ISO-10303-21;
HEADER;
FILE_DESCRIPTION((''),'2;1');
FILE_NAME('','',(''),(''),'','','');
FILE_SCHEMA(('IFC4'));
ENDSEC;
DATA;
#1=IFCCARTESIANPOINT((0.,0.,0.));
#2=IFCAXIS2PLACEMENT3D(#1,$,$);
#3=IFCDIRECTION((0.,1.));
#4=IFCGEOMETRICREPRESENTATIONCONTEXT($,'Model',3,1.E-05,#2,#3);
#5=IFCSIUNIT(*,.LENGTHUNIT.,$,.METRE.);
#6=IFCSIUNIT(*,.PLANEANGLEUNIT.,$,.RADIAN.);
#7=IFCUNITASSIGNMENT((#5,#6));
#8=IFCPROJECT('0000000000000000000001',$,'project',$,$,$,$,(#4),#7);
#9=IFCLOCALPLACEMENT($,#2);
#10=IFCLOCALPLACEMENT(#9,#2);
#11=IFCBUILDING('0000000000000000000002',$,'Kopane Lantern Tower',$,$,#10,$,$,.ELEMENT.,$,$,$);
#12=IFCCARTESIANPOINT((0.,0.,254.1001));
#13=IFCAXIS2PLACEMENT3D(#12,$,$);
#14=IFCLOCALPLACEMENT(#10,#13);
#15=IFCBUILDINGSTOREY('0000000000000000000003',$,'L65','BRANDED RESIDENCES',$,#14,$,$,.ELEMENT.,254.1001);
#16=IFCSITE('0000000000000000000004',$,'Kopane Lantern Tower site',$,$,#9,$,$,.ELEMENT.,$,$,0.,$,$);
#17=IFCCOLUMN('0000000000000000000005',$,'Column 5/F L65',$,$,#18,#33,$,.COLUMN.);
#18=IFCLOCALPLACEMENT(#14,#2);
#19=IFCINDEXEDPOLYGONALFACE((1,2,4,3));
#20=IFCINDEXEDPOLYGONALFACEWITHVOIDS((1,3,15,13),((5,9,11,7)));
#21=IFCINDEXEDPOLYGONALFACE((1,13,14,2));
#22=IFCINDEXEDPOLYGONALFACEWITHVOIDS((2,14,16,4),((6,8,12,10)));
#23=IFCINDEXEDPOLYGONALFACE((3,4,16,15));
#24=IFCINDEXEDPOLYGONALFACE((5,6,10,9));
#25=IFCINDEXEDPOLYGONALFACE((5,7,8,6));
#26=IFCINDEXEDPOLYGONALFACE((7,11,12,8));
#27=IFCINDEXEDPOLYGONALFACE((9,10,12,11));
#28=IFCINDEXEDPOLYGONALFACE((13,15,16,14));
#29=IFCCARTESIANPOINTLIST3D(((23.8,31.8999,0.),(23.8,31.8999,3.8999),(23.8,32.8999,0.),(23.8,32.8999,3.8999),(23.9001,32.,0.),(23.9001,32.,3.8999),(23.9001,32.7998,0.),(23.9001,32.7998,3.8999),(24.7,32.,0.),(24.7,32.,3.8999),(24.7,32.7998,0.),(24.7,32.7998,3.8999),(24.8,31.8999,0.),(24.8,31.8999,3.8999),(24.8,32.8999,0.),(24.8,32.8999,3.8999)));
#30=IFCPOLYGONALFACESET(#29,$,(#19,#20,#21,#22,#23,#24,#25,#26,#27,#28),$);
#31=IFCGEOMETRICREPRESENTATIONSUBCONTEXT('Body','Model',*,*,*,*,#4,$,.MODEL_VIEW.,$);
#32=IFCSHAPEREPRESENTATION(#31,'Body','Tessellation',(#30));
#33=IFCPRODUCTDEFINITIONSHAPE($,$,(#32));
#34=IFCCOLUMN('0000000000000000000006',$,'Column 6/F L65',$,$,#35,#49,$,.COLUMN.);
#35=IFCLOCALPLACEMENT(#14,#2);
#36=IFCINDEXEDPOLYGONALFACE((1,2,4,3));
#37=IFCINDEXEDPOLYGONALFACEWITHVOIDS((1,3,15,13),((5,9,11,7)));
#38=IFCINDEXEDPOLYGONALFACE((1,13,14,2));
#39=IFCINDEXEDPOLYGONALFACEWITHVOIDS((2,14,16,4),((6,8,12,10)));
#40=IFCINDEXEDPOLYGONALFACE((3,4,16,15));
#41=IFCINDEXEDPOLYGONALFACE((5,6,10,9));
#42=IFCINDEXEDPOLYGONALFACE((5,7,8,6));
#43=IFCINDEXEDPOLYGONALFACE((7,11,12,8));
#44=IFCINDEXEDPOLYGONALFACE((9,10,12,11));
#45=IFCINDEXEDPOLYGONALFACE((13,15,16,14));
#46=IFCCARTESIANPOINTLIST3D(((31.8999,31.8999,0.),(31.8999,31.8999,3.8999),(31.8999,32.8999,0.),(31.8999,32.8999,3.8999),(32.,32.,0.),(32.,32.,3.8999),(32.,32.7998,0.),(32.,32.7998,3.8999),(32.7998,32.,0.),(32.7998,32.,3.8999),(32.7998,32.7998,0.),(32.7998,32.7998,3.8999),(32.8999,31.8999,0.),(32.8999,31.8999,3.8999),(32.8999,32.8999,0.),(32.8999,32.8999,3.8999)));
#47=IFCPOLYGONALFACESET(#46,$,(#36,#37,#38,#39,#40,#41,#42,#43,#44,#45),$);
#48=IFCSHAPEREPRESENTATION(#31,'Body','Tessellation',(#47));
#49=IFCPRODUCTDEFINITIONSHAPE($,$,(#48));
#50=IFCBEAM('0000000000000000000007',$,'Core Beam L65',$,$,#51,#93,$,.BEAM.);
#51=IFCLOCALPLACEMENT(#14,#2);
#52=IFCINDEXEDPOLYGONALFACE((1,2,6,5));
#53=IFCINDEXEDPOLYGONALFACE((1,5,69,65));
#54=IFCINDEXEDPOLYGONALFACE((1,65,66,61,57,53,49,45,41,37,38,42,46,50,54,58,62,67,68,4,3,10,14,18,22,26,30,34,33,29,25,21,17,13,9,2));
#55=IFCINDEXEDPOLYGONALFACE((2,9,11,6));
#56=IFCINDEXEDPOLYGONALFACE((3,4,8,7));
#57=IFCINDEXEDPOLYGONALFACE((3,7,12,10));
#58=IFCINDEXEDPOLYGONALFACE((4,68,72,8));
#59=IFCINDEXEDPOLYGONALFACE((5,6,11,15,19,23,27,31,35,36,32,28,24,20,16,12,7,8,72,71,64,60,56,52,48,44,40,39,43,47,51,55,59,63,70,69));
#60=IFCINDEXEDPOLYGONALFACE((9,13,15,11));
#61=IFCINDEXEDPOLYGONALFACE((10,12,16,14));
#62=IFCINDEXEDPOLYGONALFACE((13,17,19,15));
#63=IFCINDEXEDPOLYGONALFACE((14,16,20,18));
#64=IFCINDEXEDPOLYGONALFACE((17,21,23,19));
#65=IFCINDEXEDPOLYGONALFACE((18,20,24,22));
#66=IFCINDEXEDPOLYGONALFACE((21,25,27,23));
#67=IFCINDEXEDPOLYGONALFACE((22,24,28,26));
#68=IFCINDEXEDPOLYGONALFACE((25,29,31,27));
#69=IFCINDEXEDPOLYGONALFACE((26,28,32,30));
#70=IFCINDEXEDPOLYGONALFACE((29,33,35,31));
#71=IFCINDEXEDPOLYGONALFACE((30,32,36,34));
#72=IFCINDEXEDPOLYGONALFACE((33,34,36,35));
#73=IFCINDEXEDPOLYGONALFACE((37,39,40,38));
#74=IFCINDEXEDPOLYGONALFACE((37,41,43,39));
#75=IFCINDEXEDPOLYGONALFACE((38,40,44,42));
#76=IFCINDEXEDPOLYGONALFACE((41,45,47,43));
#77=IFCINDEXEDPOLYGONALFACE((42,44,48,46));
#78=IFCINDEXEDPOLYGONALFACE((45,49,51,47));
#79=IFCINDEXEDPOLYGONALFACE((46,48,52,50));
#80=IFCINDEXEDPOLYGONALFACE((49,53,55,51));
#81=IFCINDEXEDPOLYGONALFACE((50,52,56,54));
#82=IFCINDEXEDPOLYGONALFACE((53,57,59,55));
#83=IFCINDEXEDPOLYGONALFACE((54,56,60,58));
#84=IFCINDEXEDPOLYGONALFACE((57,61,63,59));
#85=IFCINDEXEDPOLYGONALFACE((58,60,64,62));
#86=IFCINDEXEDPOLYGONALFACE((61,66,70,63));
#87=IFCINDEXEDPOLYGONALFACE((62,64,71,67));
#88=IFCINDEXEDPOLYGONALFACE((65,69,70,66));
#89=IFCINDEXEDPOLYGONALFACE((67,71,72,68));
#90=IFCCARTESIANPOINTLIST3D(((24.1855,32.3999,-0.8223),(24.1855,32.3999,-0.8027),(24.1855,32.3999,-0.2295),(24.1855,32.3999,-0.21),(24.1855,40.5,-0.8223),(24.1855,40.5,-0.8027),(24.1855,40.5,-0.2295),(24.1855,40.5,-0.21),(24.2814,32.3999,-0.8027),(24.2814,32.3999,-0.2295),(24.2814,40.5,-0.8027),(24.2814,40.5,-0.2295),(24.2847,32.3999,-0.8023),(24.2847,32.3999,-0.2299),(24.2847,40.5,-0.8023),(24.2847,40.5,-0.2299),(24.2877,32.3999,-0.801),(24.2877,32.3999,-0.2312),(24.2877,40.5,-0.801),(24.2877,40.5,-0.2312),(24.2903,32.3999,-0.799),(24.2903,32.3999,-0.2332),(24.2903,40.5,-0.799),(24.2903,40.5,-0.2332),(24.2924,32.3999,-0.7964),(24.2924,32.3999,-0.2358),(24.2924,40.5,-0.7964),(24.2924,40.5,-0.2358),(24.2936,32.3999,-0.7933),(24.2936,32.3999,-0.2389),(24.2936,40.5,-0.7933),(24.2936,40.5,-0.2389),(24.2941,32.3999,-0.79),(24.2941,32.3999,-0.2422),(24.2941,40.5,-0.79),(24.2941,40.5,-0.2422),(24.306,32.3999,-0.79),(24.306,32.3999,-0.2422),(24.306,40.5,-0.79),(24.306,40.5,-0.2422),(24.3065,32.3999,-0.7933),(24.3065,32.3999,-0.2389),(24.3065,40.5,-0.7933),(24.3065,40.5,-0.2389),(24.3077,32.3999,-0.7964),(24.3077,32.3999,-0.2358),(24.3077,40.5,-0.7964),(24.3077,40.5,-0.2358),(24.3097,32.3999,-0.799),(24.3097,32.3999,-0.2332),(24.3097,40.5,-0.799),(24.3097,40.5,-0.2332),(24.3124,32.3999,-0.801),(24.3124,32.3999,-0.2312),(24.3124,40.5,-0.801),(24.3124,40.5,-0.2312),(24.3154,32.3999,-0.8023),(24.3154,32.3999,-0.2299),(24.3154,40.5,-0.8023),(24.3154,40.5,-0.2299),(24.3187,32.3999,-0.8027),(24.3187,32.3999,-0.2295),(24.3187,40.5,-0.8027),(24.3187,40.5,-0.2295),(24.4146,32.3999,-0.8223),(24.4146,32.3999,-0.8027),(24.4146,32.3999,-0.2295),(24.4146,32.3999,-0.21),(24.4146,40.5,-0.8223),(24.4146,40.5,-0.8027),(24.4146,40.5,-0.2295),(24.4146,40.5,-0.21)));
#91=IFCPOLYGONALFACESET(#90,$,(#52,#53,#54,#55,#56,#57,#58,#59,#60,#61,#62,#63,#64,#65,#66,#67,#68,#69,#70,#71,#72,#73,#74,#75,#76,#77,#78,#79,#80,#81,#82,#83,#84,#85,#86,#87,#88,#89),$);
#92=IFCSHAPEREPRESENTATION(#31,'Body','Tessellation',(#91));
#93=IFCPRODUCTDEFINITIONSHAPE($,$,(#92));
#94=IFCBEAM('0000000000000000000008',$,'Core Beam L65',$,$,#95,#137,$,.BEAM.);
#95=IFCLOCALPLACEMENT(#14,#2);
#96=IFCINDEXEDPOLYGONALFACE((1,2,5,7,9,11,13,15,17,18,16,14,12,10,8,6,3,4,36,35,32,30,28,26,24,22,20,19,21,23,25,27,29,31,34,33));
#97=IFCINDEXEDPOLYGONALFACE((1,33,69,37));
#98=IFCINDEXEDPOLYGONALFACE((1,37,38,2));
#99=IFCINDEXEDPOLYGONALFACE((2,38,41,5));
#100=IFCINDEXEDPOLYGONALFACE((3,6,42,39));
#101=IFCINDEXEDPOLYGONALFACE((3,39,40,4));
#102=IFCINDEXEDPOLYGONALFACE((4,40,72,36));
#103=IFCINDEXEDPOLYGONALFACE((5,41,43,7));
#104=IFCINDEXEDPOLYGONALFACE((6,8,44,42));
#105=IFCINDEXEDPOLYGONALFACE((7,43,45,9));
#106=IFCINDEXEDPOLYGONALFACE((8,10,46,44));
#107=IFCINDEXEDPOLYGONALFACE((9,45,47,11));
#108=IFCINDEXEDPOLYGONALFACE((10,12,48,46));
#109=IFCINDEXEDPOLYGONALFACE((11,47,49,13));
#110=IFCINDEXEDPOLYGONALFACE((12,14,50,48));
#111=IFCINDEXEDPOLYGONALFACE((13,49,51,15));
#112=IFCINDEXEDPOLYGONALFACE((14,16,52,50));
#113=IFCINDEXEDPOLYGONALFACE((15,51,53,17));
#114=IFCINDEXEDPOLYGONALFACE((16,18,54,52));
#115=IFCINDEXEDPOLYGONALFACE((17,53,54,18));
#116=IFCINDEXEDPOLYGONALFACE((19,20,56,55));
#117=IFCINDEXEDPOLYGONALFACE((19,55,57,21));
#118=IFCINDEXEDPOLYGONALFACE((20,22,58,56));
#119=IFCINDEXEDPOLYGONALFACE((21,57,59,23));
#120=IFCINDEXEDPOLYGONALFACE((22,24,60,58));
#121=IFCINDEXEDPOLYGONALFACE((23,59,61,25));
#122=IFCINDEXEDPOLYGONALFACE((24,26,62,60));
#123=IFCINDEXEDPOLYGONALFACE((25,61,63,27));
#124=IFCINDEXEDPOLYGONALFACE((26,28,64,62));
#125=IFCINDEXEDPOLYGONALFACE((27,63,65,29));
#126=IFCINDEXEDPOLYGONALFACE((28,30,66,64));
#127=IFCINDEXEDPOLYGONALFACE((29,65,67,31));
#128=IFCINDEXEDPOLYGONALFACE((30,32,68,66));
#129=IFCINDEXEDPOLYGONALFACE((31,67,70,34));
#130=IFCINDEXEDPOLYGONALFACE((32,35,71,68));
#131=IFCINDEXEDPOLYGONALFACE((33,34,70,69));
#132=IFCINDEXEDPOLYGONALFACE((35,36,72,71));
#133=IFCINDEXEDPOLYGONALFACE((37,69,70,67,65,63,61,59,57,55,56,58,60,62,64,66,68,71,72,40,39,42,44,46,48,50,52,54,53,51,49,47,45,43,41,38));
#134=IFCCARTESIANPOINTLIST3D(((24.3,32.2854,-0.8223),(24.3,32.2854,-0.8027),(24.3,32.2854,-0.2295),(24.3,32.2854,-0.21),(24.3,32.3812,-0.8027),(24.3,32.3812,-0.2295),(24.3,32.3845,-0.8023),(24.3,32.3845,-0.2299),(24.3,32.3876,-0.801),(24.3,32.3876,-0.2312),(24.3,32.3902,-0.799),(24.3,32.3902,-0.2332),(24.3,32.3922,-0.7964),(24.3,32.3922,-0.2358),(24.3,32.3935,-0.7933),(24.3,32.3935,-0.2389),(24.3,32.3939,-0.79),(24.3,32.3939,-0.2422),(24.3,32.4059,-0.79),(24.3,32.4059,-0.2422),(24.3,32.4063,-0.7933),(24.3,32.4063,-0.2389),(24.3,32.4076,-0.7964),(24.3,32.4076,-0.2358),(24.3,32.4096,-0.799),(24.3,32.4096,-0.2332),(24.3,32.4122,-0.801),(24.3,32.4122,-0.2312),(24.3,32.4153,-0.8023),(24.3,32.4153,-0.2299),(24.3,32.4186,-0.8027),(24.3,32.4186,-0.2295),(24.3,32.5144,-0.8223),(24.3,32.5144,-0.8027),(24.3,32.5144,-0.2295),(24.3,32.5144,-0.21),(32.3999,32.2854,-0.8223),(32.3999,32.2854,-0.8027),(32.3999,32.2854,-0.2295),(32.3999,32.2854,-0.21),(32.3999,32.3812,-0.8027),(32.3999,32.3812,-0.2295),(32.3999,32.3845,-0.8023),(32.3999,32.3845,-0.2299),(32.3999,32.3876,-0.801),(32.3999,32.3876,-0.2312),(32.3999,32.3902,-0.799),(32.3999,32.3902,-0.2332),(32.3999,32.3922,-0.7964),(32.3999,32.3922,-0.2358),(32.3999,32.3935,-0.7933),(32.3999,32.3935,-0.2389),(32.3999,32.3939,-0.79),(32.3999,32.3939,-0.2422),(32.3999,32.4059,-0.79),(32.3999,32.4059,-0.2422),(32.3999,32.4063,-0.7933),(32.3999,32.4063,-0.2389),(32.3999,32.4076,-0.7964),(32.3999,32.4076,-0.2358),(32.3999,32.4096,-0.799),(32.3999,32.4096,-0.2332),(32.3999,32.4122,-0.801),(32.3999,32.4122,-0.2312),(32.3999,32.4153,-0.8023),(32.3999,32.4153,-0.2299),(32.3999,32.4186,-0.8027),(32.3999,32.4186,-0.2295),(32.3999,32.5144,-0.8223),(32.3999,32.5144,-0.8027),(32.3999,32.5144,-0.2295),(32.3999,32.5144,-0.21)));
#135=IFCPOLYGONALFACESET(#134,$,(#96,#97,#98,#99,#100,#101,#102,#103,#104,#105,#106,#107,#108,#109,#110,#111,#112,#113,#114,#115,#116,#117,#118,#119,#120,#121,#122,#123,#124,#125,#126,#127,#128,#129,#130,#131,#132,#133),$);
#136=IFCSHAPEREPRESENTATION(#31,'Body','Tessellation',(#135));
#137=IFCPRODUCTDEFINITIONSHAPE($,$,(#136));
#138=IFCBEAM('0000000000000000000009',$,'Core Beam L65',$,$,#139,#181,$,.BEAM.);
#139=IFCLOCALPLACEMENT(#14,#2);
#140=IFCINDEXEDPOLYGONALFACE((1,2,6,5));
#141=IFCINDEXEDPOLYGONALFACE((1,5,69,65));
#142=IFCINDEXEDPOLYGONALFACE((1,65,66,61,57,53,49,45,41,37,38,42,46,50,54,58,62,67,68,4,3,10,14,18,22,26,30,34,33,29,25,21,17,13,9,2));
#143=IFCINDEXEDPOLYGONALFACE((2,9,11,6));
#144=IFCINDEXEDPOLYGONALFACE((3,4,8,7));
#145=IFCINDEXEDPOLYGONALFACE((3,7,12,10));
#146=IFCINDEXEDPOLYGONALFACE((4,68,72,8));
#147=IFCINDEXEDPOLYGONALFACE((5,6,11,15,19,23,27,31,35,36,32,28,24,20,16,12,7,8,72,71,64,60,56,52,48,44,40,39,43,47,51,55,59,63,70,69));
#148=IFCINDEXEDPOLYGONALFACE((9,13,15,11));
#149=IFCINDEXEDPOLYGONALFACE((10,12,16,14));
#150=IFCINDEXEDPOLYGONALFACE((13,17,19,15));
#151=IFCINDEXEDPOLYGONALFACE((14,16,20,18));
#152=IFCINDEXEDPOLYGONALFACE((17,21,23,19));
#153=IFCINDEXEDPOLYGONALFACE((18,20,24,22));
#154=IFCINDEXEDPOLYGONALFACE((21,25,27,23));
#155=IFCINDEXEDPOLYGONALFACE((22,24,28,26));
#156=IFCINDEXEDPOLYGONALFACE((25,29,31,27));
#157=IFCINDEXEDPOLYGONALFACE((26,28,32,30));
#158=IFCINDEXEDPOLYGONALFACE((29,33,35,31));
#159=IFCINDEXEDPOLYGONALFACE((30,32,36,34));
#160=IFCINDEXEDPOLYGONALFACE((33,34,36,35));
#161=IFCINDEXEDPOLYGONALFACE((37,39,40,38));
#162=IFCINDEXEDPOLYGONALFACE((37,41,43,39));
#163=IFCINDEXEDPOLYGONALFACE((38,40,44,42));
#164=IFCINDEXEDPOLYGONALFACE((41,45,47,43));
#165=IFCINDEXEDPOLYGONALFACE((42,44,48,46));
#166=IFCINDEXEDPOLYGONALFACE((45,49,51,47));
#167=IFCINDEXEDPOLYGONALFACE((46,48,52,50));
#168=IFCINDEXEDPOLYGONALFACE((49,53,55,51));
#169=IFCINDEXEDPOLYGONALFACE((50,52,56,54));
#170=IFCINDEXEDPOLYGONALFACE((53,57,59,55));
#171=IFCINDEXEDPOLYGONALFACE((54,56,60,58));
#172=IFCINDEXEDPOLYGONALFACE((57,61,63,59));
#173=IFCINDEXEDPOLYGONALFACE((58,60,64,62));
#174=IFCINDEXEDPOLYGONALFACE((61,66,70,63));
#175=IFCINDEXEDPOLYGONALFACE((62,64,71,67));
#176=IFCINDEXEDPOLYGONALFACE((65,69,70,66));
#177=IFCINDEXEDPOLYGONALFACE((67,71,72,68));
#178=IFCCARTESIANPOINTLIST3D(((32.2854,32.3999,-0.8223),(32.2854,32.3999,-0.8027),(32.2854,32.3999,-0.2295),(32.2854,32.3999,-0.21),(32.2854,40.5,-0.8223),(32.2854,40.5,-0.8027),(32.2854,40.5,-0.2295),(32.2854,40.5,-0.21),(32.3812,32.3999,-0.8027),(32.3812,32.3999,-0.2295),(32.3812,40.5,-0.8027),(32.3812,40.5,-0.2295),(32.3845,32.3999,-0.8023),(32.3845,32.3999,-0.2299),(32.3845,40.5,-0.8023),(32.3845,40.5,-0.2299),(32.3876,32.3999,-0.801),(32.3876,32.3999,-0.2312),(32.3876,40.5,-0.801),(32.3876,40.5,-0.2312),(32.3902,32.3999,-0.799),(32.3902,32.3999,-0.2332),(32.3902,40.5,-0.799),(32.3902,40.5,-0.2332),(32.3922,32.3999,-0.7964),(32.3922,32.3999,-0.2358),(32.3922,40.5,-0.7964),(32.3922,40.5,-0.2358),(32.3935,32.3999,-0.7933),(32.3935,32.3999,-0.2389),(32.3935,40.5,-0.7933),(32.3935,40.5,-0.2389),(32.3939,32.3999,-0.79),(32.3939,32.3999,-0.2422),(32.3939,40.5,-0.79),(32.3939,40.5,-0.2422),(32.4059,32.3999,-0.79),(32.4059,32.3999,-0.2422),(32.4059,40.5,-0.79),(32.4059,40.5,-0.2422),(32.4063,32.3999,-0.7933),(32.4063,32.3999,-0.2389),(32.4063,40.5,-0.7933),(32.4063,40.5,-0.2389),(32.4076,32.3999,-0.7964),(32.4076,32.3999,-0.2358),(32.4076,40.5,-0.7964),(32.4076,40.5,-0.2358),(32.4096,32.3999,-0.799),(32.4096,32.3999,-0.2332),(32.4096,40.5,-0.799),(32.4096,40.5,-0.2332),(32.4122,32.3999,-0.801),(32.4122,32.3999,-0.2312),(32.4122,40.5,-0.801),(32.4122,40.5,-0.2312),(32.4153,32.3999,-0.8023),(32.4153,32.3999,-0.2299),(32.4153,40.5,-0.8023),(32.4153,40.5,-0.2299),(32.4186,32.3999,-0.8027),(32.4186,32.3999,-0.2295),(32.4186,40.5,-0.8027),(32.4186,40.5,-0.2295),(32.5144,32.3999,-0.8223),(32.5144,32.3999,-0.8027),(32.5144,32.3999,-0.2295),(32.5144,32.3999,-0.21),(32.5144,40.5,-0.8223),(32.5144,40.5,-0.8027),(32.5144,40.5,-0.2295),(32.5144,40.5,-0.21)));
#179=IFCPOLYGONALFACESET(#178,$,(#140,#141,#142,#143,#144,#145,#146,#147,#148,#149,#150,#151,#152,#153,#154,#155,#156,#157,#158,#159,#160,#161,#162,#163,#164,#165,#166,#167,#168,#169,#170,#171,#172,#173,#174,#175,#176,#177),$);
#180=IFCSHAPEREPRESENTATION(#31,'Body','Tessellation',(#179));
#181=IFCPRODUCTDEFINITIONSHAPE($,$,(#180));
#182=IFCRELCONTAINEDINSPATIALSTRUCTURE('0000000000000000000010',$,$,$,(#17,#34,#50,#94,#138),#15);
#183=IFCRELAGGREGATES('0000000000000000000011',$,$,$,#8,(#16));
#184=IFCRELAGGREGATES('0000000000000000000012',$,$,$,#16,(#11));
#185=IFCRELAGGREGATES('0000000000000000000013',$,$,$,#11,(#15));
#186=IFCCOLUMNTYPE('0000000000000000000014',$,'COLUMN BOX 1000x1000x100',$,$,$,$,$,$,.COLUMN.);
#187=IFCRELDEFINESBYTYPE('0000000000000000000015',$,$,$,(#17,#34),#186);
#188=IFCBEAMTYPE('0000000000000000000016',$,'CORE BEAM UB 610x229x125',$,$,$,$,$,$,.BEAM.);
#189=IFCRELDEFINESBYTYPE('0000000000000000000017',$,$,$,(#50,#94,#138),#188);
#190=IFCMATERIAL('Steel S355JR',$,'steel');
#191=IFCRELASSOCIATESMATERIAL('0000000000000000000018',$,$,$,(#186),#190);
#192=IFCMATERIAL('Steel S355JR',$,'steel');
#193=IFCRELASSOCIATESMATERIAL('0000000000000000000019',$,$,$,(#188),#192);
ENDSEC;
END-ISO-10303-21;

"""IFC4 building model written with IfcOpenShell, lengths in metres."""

from ifc_helpers import new_model, si_unit, direction, frame, origin, origin_2d, place, context, subcontext, project, spatial, hollow_rectangle, i_section, extrude, material, material_profile, profile_set, type_object, element, save


model = new_model("IFC4")

# Units and contexts
model_context = context("Model", 3, precision=1e-05, world=origin(), true_north=direction((0.0, 1.0)))
body_context = subcontext(model_context, "Body", "Model", "MODEL_VIEW")
ifc_project = project(units=[si_unit("LENGTHUNIT", "METRE"), si_unit("PLANEANGLEUNIT", "RADIAN")], contexts=[model_context])

# Site, building, storey
site_placement = place(None, origin())
site = spatial("IfcSite", under=ifc_project, at=site_placement, Name="Kopane Lantern Tower site", CompositionType="ELEMENT", RefElevation=0.0)
building_placement = place(site_placement, origin())
building = spatial("IfcBuilding", under=site, at=building_placement, Name="Kopane Lantern Tower", CompositionType="ELEMENT")
storey_placement = place(building_placement, frame((0.0, 0.0, 254.1001)))
storey = spatial("IfcBuildingStorey", under=building, at=storey_placement, Name="L65", Description="BRANDED RESIDENCES", CompositionType="ELEMENT", Elevation=254.1001)

# Columns
ifc_material_1 = material(Name="Steel S355JR", Category="steel")
ifc_material_profile_1 = material_profile(ifc_material_1, hollow_rectangle(XDim=1.0, YDim=1.0, WallThickness=0.1001, at=origin_2d()), Name="BOX 1000x1000x100")
ifc_profile_set_1 = profile_set([ifc_material_profile_1], Name="Steel S355JR")
column_type = type_object("IfcColumnType", Name="COLUMN BOX 1000x1000x100", PredefinedType="COLUMN", material=ifc_profile_set_1)
for number, where, z_axis, x_axis, name in (
    (1, (24.3, 32.3999, 0.0), (0.0, 0.0, 1.0), (1.0, 0.0, 0.0), "Column 5/F L65"),
    (2, (32.3999, 32.3999, 0.0), (0.0, 0.0, 1.0), (1.0, 0.0, 0.0), "Column 6/F L65"),
):
    element("IfcColumn", number, at=place(storey_placement, frame(where, z_axis=z_axis, x_axis=x_axis)), inside=storey, type_object=column_type, Name=name, PredefinedType="COLUMN", context=body_context, shape_type="SweptSolid", body=[
        extrude(hollow_rectangle(XDim=1.0, YDim=1.0, WallThickness=0.1001, at=origin_2d()), origin(), (0.0, 0.0, 1.0), 3.8999),
    ])

# Beams
ifc_material_2 = material(Name="Steel S355JR", Category="steel")
ifc_material_profile_2 = material_profile(ifc_material_2, i_section(OverallWidth=0.229, OverallDepth=0.6123, WebThickness=0.012, FlangeThickness=0.0195, FilletRadius=0.0127, at=origin_2d()), Name="UB 610x229x125")
ifc_profile_set_2 = profile_set([ifc_material_profile_2], Name="Steel S355JR")
beam_type = type_object("IfcBeamType", Name="CORE BEAM UB 610x229x125", PredefinedType="BEAM", material=ifc_profile_set_2)
beam_1_placement = place(storey_placement, frame((24.3, 32.3999, -0.5161), z_axis=(0.0, 1.0, 0.0), x_axis=(-1.0, 0.0, 0.0)))
element("IfcBeam", 3, at=beam_1_placement, inside=storey, type_object=beam_type, Name="Core Beam L65", PredefinedType="BEAM", context=body_context, shape_type="SweptSolid", body=[
    extrude(i_section(OverallWidth=0.229, OverallDepth=0.6123, WebThickness=0.012, FlangeThickness=0.0195, FilletRadius=0.0127, at=origin_2d()), origin(), (0.0, 0.0, 1.0), 8.1001),
])
beam_2_placement = place(storey_placement, frame((24.3, 32.3999, -0.5161), z_axis=(1.0, 0.0, 0.0), x_axis=(0.0, 1.0, 0.0)))
element("IfcBeam", 4, at=beam_2_placement, inside=storey, type_object=beam_type, Name="Core Beam L65", PredefinedType="BEAM", context=body_context, shape_type="SweptSolid", body=[
    extrude(i_section(OverallWidth=0.229, OverallDepth=0.6123, WebThickness=0.012, FlangeThickness=0.0195, FilletRadius=0.0127, at=origin_2d()), origin(), (0.0, 0.0, 1.0), 8.0999),
])
beam_3_placement = place(storey_placement, frame((32.3999, 32.3999, -0.5161), z_axis=(0.0, 1.0, 0.0), x_axis=(-1.0, 0.0, 0.0)))
element("IfcBeam", 5, at=beam_3_placement, inside=storey, type_object=beam_type, Name="Core Beam L65", PredefinedType="BEAM", context=body_context, shape_type="SweptSolid", body=[
    extrude(i_section(OverallWidth=0.229, OverallDepth=0.6123, WebThickness=0.012, FlangeThickness=0.0195, FilletRadius=0.0127, at=origin_2d()), origin(), (0.0, 0.0, 1.0), 8.1001),
])

save(model, "model.ifc")
